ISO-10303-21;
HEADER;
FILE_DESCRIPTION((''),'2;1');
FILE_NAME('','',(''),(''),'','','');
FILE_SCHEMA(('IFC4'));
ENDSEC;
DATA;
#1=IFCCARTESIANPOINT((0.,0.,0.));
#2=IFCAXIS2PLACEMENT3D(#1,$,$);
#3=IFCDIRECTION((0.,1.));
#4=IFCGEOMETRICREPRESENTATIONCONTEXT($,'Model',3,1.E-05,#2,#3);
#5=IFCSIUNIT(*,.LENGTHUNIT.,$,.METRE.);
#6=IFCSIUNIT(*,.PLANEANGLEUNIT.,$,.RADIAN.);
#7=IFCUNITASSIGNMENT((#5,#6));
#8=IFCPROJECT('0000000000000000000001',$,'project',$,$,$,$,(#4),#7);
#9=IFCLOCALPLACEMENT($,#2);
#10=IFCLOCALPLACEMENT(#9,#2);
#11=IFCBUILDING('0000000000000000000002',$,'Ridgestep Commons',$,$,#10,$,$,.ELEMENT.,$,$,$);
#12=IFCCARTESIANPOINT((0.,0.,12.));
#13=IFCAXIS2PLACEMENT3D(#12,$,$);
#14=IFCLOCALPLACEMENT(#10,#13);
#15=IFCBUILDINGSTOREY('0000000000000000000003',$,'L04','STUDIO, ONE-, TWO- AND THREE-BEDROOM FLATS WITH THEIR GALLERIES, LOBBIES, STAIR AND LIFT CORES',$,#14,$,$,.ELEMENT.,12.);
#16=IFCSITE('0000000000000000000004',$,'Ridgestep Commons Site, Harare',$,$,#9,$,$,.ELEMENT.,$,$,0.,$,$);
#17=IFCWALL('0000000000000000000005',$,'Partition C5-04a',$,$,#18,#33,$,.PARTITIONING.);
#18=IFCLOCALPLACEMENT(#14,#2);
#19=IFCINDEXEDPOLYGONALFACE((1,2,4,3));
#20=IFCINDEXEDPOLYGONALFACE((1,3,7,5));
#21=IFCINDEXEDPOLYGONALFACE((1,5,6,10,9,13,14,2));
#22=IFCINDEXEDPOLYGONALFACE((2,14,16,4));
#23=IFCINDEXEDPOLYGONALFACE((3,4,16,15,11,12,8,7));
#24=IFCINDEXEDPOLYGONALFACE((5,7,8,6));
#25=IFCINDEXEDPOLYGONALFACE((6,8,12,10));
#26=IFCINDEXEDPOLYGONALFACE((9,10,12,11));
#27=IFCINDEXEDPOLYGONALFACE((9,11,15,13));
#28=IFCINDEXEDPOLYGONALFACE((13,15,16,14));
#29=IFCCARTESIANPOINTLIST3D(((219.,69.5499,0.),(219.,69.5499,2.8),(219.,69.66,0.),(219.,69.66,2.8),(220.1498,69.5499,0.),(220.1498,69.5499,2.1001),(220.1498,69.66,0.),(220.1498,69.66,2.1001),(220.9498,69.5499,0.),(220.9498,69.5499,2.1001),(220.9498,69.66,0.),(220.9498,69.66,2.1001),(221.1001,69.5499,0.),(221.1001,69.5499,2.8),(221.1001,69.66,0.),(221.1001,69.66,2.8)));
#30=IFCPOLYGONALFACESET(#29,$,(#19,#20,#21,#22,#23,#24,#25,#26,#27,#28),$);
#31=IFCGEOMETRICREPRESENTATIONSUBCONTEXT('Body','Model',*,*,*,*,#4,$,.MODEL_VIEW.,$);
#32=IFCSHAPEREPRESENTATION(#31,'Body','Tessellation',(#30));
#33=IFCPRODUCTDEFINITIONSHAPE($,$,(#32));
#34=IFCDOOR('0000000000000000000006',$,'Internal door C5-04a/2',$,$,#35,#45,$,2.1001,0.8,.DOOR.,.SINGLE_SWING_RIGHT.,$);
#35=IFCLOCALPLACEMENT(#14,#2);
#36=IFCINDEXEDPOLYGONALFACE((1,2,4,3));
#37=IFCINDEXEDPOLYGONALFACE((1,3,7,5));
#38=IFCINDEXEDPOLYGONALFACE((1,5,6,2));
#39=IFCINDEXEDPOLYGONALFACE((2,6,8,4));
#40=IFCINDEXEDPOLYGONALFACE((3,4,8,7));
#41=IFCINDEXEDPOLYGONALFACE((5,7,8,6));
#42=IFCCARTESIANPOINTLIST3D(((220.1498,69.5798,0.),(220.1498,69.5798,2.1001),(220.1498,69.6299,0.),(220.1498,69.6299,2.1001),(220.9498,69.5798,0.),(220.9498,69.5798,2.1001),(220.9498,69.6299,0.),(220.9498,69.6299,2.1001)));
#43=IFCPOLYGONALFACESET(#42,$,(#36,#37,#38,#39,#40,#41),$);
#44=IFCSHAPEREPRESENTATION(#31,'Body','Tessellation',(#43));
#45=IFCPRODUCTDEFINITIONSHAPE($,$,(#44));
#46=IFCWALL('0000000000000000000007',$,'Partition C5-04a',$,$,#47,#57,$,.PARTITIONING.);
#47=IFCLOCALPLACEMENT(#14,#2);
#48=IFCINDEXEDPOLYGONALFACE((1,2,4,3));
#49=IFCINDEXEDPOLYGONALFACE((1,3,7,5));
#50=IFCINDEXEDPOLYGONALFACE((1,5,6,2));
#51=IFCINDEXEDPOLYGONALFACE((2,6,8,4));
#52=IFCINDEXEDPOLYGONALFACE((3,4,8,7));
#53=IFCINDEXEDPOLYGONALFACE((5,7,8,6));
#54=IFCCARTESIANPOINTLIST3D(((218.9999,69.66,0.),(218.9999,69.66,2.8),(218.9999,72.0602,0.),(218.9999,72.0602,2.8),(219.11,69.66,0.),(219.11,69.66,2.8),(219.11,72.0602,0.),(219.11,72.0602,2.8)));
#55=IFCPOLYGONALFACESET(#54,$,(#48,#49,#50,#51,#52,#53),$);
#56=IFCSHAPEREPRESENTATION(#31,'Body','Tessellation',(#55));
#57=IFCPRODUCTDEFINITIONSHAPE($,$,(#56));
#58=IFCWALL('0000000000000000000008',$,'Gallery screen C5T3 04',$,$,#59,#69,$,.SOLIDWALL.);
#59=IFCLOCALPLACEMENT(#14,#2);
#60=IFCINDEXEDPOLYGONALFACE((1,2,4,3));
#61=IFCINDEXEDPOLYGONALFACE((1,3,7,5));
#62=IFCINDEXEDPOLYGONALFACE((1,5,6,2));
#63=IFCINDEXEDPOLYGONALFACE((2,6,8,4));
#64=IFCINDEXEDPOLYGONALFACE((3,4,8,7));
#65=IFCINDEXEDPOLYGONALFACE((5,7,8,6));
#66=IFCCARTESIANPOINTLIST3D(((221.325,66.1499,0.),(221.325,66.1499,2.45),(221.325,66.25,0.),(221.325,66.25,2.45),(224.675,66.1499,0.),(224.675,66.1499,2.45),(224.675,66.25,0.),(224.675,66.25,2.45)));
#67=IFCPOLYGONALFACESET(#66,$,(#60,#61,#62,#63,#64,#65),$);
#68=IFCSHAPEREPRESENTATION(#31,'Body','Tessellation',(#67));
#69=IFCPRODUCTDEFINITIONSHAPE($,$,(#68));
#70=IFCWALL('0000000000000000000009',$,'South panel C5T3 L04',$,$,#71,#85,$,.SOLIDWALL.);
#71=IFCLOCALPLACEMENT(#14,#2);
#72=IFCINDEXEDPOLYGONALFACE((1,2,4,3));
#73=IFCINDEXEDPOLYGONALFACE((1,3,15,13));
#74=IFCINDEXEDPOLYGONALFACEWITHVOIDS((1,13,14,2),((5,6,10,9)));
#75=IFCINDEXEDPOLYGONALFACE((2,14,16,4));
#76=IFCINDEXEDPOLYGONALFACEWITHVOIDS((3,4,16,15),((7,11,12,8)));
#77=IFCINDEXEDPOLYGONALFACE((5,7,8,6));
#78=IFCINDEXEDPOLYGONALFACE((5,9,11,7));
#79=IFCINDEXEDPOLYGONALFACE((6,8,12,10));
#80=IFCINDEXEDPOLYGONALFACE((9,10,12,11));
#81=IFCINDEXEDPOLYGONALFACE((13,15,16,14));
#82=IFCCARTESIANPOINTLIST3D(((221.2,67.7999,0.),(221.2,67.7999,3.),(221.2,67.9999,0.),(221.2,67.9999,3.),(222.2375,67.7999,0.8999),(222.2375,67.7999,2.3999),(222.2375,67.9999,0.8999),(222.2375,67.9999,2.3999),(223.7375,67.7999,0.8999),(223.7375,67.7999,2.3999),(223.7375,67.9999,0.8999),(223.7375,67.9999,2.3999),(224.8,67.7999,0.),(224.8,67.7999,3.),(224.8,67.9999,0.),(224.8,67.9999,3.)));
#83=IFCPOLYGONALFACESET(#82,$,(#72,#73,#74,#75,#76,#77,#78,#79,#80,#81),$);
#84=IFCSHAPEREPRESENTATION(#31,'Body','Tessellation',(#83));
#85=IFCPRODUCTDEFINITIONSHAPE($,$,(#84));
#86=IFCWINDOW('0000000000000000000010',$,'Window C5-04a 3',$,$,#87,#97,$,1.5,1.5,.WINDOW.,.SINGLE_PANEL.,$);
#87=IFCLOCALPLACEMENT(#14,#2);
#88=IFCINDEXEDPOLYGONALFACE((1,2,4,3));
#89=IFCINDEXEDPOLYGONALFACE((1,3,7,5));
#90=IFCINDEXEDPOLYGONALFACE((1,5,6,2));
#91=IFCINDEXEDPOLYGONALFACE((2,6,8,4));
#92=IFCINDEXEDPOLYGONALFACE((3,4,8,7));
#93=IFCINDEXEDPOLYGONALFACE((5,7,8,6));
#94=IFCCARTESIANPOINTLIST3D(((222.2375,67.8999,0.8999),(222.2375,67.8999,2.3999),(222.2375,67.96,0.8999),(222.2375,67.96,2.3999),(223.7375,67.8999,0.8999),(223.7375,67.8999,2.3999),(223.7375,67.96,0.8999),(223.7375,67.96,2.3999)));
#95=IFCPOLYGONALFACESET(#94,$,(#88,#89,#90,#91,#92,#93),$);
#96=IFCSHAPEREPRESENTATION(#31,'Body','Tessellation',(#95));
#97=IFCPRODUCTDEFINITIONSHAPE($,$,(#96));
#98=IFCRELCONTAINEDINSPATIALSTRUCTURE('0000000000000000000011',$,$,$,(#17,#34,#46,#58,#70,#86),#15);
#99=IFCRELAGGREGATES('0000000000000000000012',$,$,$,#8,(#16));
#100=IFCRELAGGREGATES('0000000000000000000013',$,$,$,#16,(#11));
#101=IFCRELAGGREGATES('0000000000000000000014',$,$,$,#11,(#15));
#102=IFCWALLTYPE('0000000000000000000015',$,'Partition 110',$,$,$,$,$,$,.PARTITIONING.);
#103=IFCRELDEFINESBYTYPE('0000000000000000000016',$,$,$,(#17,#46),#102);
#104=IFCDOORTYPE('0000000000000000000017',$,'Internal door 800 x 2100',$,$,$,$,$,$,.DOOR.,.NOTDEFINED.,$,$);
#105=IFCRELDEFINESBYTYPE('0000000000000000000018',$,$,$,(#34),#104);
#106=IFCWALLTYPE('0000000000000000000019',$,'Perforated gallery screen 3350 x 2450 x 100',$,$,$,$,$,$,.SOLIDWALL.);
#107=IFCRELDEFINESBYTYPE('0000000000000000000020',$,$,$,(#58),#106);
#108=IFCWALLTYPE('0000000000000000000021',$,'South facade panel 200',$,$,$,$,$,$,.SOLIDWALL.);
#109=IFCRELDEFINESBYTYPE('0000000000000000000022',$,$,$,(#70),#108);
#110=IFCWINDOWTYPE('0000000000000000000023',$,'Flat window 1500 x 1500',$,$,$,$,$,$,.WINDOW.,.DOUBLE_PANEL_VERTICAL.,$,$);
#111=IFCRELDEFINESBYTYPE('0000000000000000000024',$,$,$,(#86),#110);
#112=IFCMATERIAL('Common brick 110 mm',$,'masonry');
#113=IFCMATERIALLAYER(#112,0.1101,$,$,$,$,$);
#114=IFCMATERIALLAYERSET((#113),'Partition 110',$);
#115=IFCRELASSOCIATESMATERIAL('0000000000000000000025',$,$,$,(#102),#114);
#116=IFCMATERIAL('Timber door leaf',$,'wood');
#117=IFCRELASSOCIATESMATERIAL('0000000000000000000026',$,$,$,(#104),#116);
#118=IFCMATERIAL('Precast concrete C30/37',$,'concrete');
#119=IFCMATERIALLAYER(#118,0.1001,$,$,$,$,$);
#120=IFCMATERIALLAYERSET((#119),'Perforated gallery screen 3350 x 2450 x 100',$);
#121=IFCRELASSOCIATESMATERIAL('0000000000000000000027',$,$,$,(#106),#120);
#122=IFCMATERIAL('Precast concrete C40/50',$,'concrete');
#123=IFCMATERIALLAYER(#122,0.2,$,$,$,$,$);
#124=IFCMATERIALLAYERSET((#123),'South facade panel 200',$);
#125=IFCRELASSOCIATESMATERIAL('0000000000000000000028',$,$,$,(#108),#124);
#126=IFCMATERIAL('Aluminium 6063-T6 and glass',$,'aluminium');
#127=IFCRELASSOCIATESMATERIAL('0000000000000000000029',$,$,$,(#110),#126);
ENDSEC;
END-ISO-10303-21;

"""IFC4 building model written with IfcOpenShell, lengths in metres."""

from ifc_helpers import new_model, si_unit, direction, frame, frame_2d, origin, place, context, subcontext, project, spatial, rectangle, extrude, material, layer, layer_set, type_object, element, fill, save


model = new_model("IFC4")

# Units and contexts
model_context = context("Model", 3, precision=1e-05, world=origin(), true_north=direction((0.0, 1.0)))
body_context = subcontext(model_context, "Body", "Model", "MODEL_VIEW")
ifc_project = project(units=[si_unit("LENGTHUNIT", "METRE"), si_unit("PLANEANGLEUNIT", "RADIAN")], contexts=[model_context])

# Site, building, storey
site_placement = place(None, origin())
site = spatial("IfcSite", under=ifc_project, at=site_placement, Name="Ridgestep Commons Site, Harare", CompositionType="ELEMENT", RefElevation=0.0)
building_placement = place(site_placement, origin())
building = spatial("IfcBuilding", under=site, at=building_placement, Name="Ridgestep Commons", CompositionType="ELEMENT")
storey_placement = place(building_placement, frame((0.0, 0.0, 12.0)))
storey = spatial("IfcBuildingStorey", under=building, at=storey_placement, Name="L04", Description="STUDIO, ONE-, TWO- AND THREE-BEDROOM FLATS WITH THEIR GALLERIES, LOBBIES, STAIR AND LIFT CORES", CompositionType="ELEMENT", Elevation=12.0)

# Wall, opening, door
ifc_material_1 = material(Name="Common brick 110 mm", Category="masonry")
ifc_layer_1 = layer(ifc_material_1, 0.1101)
ifc_layer_set_1 = layer_set([ifc_layer_1], Name="Partition 110")
wall_type_1 = type_object("IfcWallType", Name="Partition 110", PredefinedType="PARTITIONING", material=ifc_layer_set_1)
wall_1_placement = place(storey_placement, frame((219.0, 69.605, 0.0), z_axis=(0.0, 0.0, 1.0), x_axis=(1.0, 0.0, 0.0)))
wall_1 = element("IfcWall", 1, at=wall_1_placement, inside=storey, type_object=wall_type_1, Name="Partition C5-04a", PredefinedType="PARTITIONING", context=body_context, shape_type="SweptSolid", body=[
    extrude(rectangle(XDim=2.1001, YDim=0.1101, at=frame_2d((1.05, 0.0))), origin(), (0.0, 0.0, 1.0), 2.8),
])
opening_1_placement = place(wall_1_placement, frame((1.1499, 0.0, 0.0)))
opening_1 = element("IfcOpeningElement", 2, at=opening_1_placement, cuts=wall_1, PredefinedType="OPENING", context=body_context, shape_type="SweptSolid", body=[
    extrude(rectangle(XDim=0.8, YDim=2.1001, at=frame_2d((0.3999, 1.05))), frame((0.0, 0.0649, 0.0), z_axis=(0.0, -1.0, 0.0), x_axis=(1.0, 0.0, 0.0)), (0.0, 0.0, 1.0), 0.1301),
])
ifc_material_2 = material(Name="Timber door leaf", Category="wood")
door_type_1 = type_object("IfcDoorType", Name="Internal door 800 x 2100", OperationType="NOTDEFINED", PredefinedType="DOOR", material=ifc_material_2)
door_1_placement = place(opening_1_placement, origin())
door_1 = element("IfcDoor", 3, at=door_1_placement, inside=storey, type_object=door_type_1, Name="Internal door C5-04a/2", OperationType="SINGLE_SWING_RIGHT", OverallHeight=2.1001, OverallWidth=0.8, PredefinedType="DOOR", context=body_context, shape_type="SweptSolid", body=[
    extrude(rectangle(XDim=0.8, YDim=2.1001, at=frame_2d((0.3999, 1.05))), frame((0.0, 0.0249, 0.0), z_axis=(0.0, -1.0, 0.0), x_axis=(1.0, 0.0, 0.0)), (0.0, 0.0, 1.0), 0.05),
])
fill(opening_1, door_1)

# Walls
wall_2_placement = place(storey_placement, frame((219.0549, 69.6599, 0.0), z_axis=(0.0, 0.0, 1.0), x_axis=(0.0, 1.0, 0.0)))
element("IfcWall", 4, at=wall_2_placement, inside=storey, type_object=wall_type_1, Name="Partition C5-04a", PredefinedType="PARTITIONING", context=body_context, shape_type="SweptSolid", body=[
    extrude(rectangle(XDim=2.4001, YDim=0.1101, at=frame_2d((1.2002, 0.0))), origin(), (0.0, 0.0, 1.0), 2.8),
])
ifc_material_3 = material(Name="Precast concrete C30/37", Category="concrete")
ifc_layer_2 = layer(ifc_material_3, 0.1001)
ifc_layer_set_2 = layer_set([ifc_layer_2], Name="Perforated gallery screen 3350 x 2450 x 100")
wall_type_2 = type_object("IfcWallType", Name="Perforated gallery screen 3350 x 2450 x 100", PredefinedType="SOLIDWALL", material=ifc_layer_set_2)
wall_3_placement = place(storey_placement, frame((221.325, 66.2, 0.0), z_axis=(0.0, 0.0, 1.0), x_axis=(1.0, 0.0, 0.0)))
element("IfcWall", 5, at=wall_3_placement, inside=storey, type_object=wall_type_2, Name="Gallery screen C5T3 04", PredefinedType="SOLIDWALL", context=body_context, shape_type="SweptSolid", body=[
    extrude(rectangle(XDim=3.3501, YDim=0.1001, at=frame_2d((1.675, 0.0))), origin(), (0.0, 0.0, 1.0), 2.45),
])

# Wall, opening, window
ifc_material_4 = material(Name="Precast concrete C40/50", Category="concrete")
ifc_layer_3 = layer(ifc_material_4, 0.2)
ifc_layer_set_3 = layer_set([ifc_layer_3], Name="South facade panel 200")
wall_type_3 = type_object("IfcWallType", Name="South facade panel 200", PredefinedType="SOLIDWALL", material=ifc_layer_set_3)
wall_4_placement = place(storey_placement, frame((221.2, 67.8999, 0.0), z_axis=(0.0, 0.0, 1.0), x_axis=(1.0, 0.0, 0.0)))
wall_4 = element("IfcWall", 6, at=wall_4_placement, inside=storey, type_object=wall_type_3, Name="South panel C5T3 L04", PredefinedType="SOLIDWALL", context=body_context, shape_type="SweptSolid", body=[
    extrude(rectangle(XDim=3.6001, YDim=0.2, at=frame_2d((1.8, 0.0))), origin(), (0.0, 0.0, 1.0), 3.0),
])
opening_2_placement = place(wall_4_placement, frame((1.0376, 0.0, 0.8999)))
opening_2 = element("IfcOpeningElement", 7, at=opening_2_placement, cuts=wall_4, PredefinedType="OPENING", context=body_context, shape_type="SweptSolid", body=[
    extrude(rectangle(XDim=1.5, YDim=1.5, at=frame_2d((0.75, 0.75))), frame((0.0, 0.1099, 0.0), z_axis=(0.0, -1.0, 0.0), x_axis=(1.0, 0.0, 0.0)), (0.0, 0.0, 1.0), 0.22),
])
ifc_material_5 = material(Name="Aluminium 6063-T6 and glass", Category="aluminium")
window_type = type_object("IfcWindowType", Name="Flat window 1500 x 1500", PartitioningType="DOUBLE_PANEL_VERTICAL", PredefinedType="WINDOW", material=ifc_material_5)
window_placement = place(opening_2_placement, origin())
window = element("IfcWindow", 8, at=window_placement, inside=storey, type_object=window_type, Name="Window C5-04a 3", OverallHeight=1.5, OverallWidth=1.5, PartitioningType="SINGLE_PANEL", PredefinedType="WINDOW", context=body_context, shape_type="SweptSolid", body=[
    extrude(rectangle(XDim=1.5, YDim=1.5, at=frame_2d((0.75, 0.75))), frame((0.0, 0.0601, 0.0), z_axis=(0.0, -1.0, 0.0), x_axis=(1.0, 0.0, 0.0)), (0.0, 0.0, 1.0), 0.0601),
])
fill(opening_2, window)

save(model, "model.ifc")
